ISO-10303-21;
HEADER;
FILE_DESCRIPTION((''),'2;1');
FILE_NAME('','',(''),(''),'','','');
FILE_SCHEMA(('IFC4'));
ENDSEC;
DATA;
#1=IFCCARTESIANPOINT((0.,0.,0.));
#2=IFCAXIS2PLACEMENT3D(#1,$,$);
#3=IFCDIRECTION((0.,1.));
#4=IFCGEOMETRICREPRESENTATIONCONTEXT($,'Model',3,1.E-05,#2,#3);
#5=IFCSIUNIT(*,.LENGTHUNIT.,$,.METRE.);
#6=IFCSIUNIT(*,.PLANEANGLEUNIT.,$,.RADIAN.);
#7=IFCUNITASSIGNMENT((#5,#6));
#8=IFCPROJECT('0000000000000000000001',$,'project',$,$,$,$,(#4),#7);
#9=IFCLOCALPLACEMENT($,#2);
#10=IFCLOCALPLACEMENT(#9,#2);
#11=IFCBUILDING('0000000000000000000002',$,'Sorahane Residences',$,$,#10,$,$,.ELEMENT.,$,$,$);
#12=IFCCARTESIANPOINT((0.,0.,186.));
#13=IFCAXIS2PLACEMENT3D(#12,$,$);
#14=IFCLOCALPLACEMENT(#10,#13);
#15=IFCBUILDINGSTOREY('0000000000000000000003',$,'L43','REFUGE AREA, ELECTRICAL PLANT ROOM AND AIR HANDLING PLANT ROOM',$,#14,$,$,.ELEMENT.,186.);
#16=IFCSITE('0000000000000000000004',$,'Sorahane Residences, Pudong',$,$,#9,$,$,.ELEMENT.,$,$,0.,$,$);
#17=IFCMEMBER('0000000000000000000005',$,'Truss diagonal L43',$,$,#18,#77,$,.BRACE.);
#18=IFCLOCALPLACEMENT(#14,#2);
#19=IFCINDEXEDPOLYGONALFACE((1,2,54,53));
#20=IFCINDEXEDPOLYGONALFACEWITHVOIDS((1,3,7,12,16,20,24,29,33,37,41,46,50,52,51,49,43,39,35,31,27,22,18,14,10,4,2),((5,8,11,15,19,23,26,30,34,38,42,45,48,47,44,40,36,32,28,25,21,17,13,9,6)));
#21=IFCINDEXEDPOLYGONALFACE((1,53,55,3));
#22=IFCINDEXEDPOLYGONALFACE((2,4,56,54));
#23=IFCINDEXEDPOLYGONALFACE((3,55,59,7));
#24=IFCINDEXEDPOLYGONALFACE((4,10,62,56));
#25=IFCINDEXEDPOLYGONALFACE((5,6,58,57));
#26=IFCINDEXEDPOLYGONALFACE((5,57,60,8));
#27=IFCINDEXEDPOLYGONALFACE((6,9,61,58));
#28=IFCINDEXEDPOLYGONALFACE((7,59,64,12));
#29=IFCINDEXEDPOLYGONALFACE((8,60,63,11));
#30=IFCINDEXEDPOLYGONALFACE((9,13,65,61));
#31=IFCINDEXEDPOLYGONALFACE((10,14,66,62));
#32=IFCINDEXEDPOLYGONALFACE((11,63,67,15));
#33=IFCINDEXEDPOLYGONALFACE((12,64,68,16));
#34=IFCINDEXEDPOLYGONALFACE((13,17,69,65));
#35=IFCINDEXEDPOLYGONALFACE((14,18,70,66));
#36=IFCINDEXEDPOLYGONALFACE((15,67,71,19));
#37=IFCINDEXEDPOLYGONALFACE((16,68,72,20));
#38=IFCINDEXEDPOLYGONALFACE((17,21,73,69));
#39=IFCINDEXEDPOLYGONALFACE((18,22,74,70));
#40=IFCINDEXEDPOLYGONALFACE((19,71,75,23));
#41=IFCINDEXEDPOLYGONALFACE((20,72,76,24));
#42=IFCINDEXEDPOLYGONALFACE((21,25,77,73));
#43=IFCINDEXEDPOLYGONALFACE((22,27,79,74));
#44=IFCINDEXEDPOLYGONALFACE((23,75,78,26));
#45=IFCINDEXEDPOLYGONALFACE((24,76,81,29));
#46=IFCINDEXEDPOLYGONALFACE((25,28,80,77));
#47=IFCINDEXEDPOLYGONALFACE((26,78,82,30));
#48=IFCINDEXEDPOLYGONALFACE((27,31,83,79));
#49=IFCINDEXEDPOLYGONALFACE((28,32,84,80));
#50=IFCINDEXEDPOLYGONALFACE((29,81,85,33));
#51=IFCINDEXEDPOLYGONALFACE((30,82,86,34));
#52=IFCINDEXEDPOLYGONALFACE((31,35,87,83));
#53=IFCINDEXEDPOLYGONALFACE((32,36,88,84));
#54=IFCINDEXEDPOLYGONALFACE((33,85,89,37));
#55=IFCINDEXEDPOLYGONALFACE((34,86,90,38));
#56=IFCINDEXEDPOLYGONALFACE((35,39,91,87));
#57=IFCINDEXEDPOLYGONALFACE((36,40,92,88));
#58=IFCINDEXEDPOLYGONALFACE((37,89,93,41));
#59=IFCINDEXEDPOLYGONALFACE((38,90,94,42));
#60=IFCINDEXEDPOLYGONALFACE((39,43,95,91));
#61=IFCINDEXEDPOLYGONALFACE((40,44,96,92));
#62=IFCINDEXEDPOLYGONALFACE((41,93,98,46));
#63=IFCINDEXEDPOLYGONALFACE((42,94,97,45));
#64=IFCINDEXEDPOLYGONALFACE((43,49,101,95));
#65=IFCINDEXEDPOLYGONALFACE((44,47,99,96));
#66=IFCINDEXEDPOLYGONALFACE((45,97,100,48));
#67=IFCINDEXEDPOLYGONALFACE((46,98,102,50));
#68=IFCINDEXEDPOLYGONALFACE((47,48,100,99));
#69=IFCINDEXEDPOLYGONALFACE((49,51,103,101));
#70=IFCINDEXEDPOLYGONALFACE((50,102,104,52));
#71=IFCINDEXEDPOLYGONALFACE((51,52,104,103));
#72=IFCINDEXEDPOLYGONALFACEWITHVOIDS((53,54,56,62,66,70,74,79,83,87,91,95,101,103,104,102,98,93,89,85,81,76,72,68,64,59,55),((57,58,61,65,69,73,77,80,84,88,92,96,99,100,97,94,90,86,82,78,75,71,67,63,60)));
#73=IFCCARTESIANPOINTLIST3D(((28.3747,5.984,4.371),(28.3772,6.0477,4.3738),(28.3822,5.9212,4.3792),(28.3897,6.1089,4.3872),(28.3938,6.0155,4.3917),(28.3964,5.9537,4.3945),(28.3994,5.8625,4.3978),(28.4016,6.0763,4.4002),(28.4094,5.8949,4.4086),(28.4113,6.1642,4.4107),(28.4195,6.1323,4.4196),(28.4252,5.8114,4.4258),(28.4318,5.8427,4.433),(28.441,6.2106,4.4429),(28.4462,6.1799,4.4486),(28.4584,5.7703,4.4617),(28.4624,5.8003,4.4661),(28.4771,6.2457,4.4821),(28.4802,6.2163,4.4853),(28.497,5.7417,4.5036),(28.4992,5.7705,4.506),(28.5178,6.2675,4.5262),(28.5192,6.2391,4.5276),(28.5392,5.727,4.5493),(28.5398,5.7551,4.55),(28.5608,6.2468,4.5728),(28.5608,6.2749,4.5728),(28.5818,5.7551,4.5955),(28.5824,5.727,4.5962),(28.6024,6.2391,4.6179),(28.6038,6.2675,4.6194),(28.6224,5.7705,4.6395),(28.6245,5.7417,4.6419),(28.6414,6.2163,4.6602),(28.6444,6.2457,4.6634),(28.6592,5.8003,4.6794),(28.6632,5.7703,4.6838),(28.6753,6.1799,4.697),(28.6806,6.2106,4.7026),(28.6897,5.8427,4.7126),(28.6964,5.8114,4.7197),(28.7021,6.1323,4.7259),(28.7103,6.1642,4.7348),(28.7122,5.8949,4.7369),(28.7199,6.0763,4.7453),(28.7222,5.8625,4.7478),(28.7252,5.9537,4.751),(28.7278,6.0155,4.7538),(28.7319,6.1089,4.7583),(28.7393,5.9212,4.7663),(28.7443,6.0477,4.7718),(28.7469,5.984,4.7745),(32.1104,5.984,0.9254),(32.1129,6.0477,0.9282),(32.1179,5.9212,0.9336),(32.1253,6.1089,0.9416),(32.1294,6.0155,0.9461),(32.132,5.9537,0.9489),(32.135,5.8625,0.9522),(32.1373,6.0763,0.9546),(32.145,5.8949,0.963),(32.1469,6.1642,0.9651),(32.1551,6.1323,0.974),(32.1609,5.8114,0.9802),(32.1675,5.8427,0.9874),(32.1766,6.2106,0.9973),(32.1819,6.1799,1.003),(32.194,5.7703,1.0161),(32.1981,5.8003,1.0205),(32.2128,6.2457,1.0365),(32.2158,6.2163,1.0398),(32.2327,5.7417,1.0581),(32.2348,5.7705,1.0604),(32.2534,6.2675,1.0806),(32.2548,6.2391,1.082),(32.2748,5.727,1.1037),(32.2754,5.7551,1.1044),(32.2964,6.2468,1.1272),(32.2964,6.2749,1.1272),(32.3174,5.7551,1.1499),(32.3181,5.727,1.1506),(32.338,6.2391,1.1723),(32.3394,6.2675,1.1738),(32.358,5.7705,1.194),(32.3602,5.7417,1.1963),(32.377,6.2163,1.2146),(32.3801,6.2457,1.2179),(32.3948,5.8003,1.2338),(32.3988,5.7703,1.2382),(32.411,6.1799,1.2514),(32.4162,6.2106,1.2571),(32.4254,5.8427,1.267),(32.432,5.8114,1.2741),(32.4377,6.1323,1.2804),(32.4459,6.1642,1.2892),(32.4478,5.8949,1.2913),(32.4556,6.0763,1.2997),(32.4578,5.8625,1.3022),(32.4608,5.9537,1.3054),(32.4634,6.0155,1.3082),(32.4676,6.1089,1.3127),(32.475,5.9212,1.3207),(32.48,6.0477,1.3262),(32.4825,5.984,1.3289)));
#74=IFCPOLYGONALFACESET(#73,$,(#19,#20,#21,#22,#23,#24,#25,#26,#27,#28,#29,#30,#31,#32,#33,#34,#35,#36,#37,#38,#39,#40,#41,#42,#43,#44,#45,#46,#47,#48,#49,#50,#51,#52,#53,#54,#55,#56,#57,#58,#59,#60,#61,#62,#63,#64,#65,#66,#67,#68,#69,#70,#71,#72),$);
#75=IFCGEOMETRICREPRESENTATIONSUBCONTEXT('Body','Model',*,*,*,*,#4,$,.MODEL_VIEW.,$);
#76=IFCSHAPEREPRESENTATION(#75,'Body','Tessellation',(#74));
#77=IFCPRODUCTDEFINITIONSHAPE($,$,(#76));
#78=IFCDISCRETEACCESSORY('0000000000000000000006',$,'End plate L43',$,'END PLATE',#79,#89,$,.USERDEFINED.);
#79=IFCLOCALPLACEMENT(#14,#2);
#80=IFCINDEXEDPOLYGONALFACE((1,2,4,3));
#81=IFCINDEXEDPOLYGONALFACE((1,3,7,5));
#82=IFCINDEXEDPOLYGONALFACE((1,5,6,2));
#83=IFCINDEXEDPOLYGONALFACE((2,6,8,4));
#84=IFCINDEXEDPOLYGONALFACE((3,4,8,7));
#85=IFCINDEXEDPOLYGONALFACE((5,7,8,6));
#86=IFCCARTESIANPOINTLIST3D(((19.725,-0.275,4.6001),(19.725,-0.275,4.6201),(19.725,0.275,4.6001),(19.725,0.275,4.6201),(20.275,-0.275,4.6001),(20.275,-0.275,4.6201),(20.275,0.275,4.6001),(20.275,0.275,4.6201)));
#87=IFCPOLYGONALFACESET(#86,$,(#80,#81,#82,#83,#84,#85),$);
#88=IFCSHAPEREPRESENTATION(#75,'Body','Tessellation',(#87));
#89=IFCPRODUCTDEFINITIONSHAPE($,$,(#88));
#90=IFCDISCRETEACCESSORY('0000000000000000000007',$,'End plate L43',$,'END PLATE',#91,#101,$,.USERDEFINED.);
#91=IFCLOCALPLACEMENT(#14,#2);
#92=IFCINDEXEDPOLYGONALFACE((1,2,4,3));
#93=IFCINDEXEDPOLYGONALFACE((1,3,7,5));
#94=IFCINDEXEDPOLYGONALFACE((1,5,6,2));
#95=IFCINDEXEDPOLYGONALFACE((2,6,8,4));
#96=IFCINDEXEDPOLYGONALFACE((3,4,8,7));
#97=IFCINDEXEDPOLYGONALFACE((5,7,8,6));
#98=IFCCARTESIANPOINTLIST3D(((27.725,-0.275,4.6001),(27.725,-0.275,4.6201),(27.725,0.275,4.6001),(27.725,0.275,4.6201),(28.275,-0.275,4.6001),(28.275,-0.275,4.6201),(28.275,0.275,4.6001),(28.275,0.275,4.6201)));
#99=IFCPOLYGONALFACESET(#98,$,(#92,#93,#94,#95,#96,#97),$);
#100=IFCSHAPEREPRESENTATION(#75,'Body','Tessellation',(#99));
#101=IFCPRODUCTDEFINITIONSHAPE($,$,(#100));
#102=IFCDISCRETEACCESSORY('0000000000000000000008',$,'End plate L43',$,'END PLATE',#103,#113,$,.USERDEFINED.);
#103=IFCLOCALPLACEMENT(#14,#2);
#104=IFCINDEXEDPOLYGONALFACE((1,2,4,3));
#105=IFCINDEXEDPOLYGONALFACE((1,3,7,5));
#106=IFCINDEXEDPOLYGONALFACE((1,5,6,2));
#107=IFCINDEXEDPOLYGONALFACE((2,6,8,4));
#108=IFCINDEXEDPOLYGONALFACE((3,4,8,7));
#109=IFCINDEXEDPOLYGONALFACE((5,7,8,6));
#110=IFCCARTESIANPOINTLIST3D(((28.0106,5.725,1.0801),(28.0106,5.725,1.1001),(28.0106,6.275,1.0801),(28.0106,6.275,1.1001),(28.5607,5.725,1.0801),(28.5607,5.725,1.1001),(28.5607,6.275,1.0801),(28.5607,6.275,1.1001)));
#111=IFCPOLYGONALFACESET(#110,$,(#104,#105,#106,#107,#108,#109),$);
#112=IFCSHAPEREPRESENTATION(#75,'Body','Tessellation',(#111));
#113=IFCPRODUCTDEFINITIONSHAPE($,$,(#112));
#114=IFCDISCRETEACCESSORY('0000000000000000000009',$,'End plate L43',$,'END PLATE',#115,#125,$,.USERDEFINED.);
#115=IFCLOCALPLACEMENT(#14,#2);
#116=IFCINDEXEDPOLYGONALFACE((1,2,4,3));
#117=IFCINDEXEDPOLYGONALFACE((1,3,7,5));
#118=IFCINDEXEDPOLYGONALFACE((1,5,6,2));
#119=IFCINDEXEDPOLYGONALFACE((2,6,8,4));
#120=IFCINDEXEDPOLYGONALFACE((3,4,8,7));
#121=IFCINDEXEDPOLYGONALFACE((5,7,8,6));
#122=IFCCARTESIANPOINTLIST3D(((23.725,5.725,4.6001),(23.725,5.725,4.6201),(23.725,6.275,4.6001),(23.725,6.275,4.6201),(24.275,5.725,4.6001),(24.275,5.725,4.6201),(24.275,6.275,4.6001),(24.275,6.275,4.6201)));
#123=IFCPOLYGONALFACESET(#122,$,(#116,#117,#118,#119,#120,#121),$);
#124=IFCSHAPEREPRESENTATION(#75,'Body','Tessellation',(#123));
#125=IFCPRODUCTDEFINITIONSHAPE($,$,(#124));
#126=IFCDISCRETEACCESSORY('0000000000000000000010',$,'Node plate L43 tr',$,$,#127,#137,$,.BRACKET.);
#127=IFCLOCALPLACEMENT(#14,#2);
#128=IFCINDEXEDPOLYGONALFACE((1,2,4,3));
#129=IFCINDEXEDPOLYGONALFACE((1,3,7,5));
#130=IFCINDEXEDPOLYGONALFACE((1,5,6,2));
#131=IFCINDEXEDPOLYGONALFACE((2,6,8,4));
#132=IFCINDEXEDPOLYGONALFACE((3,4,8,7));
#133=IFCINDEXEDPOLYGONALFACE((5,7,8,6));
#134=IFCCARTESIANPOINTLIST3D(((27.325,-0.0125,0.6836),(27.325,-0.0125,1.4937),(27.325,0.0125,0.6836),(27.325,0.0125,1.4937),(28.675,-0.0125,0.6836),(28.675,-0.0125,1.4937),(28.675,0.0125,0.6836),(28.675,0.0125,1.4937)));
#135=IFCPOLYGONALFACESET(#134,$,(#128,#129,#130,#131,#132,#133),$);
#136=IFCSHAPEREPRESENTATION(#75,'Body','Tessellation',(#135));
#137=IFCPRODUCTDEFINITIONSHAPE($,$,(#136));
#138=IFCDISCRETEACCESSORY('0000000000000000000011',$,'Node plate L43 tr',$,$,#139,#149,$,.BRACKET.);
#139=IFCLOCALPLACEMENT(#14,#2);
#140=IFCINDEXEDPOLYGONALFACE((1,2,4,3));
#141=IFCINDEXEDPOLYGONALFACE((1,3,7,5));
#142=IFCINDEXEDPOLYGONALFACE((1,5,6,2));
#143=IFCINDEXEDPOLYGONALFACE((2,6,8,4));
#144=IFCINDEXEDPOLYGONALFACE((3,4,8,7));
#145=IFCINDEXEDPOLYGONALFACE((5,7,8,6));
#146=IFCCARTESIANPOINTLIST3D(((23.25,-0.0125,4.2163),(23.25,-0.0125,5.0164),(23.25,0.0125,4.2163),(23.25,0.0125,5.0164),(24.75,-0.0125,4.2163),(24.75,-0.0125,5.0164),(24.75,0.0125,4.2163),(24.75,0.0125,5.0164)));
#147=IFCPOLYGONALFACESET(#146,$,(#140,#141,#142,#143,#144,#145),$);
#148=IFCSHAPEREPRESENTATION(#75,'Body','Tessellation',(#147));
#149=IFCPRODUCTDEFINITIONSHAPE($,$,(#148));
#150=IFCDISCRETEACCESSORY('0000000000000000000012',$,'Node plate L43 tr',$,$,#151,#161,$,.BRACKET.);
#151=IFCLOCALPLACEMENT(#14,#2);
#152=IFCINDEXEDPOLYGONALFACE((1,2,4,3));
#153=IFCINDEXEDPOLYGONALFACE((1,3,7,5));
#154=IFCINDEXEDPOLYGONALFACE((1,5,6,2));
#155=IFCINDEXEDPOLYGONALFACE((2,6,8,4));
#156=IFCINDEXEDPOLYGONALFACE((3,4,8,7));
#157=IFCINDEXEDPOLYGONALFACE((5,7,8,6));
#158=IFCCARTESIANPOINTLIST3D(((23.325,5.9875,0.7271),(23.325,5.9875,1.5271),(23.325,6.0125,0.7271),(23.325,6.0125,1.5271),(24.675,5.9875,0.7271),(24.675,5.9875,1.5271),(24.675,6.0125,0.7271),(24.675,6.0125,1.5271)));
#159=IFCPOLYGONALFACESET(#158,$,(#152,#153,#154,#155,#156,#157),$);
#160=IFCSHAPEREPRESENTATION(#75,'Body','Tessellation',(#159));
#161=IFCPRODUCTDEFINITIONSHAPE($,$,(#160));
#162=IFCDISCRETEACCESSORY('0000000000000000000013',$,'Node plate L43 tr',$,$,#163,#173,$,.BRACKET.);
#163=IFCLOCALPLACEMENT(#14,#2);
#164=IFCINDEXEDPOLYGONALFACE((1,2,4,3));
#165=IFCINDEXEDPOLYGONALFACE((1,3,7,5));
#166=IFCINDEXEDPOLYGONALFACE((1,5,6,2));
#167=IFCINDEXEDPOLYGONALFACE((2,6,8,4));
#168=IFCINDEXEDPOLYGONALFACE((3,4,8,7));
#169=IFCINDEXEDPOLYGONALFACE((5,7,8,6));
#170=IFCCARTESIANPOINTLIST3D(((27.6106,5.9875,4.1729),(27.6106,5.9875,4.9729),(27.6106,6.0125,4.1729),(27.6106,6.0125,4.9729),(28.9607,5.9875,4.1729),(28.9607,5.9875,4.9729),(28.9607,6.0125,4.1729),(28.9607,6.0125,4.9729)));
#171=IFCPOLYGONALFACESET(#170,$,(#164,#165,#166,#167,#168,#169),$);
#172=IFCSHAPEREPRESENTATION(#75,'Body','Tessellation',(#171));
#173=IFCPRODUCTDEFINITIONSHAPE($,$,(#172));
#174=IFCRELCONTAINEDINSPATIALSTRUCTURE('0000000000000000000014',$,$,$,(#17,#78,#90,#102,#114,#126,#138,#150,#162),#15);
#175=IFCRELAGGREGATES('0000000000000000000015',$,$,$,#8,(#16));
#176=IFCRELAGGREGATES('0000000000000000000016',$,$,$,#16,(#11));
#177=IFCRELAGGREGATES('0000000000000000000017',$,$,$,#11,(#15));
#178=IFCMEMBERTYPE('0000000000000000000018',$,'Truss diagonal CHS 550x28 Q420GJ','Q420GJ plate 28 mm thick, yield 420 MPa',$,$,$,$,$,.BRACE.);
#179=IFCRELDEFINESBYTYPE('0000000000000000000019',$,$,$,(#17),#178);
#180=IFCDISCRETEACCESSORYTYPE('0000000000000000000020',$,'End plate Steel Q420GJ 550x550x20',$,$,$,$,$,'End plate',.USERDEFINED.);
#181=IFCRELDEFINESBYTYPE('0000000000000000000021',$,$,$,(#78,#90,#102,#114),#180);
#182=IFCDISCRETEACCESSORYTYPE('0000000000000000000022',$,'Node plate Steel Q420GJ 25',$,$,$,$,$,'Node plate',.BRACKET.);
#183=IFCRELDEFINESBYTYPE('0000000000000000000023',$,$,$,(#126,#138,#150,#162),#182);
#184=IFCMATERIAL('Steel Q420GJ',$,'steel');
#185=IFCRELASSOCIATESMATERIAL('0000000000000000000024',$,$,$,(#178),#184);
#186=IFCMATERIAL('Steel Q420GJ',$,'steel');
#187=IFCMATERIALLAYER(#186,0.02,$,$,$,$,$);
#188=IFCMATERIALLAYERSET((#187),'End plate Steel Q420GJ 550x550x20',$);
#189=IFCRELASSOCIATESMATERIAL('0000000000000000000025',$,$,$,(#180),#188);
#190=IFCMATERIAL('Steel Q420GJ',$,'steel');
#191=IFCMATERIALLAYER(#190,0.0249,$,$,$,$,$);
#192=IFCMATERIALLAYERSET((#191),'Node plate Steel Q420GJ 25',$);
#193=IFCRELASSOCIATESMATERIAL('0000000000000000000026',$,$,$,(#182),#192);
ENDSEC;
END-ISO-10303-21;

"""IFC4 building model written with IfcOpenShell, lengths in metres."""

from ifc_helpers import new_model, si_unit, direction, frame, origin, origin_2d, place, context, subcontext, project, spatial, rectangle, hollow_circle, extrude, material, layer, layer_set, material_profile, profile_set, type_object, element, save


model = new_model("IFC4")

# Units and contexts
model_context = context("Model", 3, precision=1e-05, world=origin(), true_north=direction((0.0, 1.0)))
body_context = subcontext(model_context, "Body", "Model", "MODEL_VIEW")
ifc_project = project(units=[si_unit("LENGTHUNIT", "METRE"), si_unit("PLANEANGLEUNIT", "RADIAN")], contexts=[model_context])

# Site, building, storey
site_placement = place(None, origin())
site = spatial("IfcSite", under=ifc_project, at=site_placement, Name="Sorahane Residences, Pudong", CompositionType="ELEMENT", RefElevation=0.0)
building_placement = place(site_placement, origin())
building = spatial("IfcBuilding", under=site, at=building_placement, Name="Sorahane Residences", CompositionType="ELEMENT")
storey_placement = place(building_placement, frame((0.0, 0.0, 186.0)))
storey = spatial("IfcBuildingStorey", under=building, at=storey_placement, Name="L43", Description="REFUGE AREA, ELECTRICAL PLANT ROOM AND AIR HANDLING PLANT ROOM", CompositionType="ELEMENT", Elevation=186.0)

# Member
ifc_material_1 = material(Name="Steel Q420GJ", Category="steel")
ifc_material_profile_1 = material_profile(ifc_material_1, hollow_circle(Radius=0.2749, WallThickness=0.0281, at=origin_2d()), Name="CHS 550x28")
ifc_profile_set_1 = profile_set([ifc_material_profile_1], Name="Steel Q420GJ")
member_type = type_object("IfcMemberType", Name="Truss diagonal CHS 550x28 Q420GJ", Description="Q420GJ plate 28 mm thick, yield 420 MPa", PredefinedType="BRACE", material=ifc_profile_set_1)
member_1_placement = place(storey_placement, frame((28.5608, 6.0, 4.5728), z_axis=(0.735067, 0.0, -0.677995), x_axis=(0.0, 1.0, 0.0)))
element("IfcMember", 1, at=member_1_placement, inside=storey, type_object=member_type, Name="Truss diagonal L43", PredefinedType="BRACE", context=body_context, shape_type="SweptSolid", body=[
    extrude(hollow_circle(Radius=0.2749, WallThickness=0.0281, at=origin_2d()), origin(), (0.0, 0.0, 1.0), 5.082),
])

# Discrete accessories
ifc_material_2 = material(Name="Steel Q420GJ", Category="steel")
ifc_layer_1 = layer(ifc_material_2, 0.02)
ifc_layer_set_1 = layer_set([ifc_layer_1], Name="End plate Steel Q420GJ 550x550x20")
discrete_accessory_type_1 = type_object("IfcDiscreteAccessoryType", Name="End plate Steel Q420GJ 550x550x20", ElementType="End plate", PredefinedType="USERDEFINED", material=ifc_layer_set_1)
for number, where, z_axis, x_axis, name in (
    (2, (20.0, 0.0, 4.6001), (0.0, 0.0, 1.0), (1.0, 0.0, 0.0), "End plate L43"),
    (3, (28.0, 0.0, 4.6001), (0.0, 0.0, 1.0), (1.0, 0.0, 0.0), "End plate L43"),
    (4, (28.2856, 6.0, 1.0801), (0.0, 0.0, 1.0), (1.0, 0.0, 0.0), "End plate L43"),
    (5, (24.0, 6.0, 4.6001), (0.0, 0.0, 1.0), (1.0, 0.0, 0.0), "End plate L43"),
):
    element("IfcDiscreteAccessory", number, at=place(storey_placement, frame(where, z_axis=z_axis, x_axis=x_axis)), inside=storey, type_object=discrete_accessory_type_1, Name=name, ObjectType="END PLATE", PredefinedType="USERDEFINED", context=body_context, shape_type="SweptSolid", body=[
        extrude(rectangle(XDim=0.55, YDim=0.55, at=origin_2d()), origin(), (0.0, 0.0, 1.0), 0.02),
    ])
ifc_material_3 = material(Name="Steel Q420GJ", Category="steel")
ifc_layer_2 = layer(ifc_material_3, 0.0249)
ifc_layer_set_2 = layer_set([ifc_layer_2], Name="Node plate Steel Q420GJ 25")
discrete_accessory_type_2 = type_object("IfcDiscreteAccessoryType", Name="Node plate Steel Q420GJ 25", ElementType="Node plate", PredefinedType="BRACKET", material=ifc_layer_set_2)
discrete_accessory_1_placement = place(storey_placement, frame((28.0, 0.0, 0.6836), z_axis=(0.0, 0.0, 1.0), x_axis=(1.0, 0.0, 0.0)))
element("IfcDiscreteAccessory", 6, at=discrete_accessory_1_placement, inside=storey, type_object=discrete_accessory_type_2, Name="Node plate L43 tr", PredefinedType="BRACKET", context=body_context, shape_type="SweptSolid", body=[
    extrude(rectangle(XDim=1.3501, YDim=0.0249, at=origin_2d()), origin(), (0.0, 0.0, 1.0), 0.8101),
])
discrete_accessory_2_placement = place(storey_placement, frame((24.0, 0.0, 4.2163), z_axis=(0.0, 0.0, 1.0), x_axis=(1.0, 0.0, 0.0)))
element("IfcDiscreteAccessory", 7, at=discrete_accessory_2_placement, inside=storey, type_object=discrete_accessory_type_2, Name="Node plate L43 tr", PredefinedType="BRACKET", context=body_context, shape_type="SweptSolid", body=[
    extrude(rectangle(XDim=1.5, YDim=0.0249, at=origin_2d()), origin(), (0.0, 0.0, 1.0), 0.8),
])
for number, where, z_axis, x_axis, name in (
    (8, (24.0, 6.0, 0.7271), (0.0, 0.0, 1.0), (1.0, 0.0, 0.0), "Node plate L43 tr"),
    (9, (28.2856, 6.0, 4.1729), (0.0, 0.0, 1.0), (1.0, 0.0, 0.0), "Node plate L43 tr"),
):
    element("IfcDiscreteAccessory", number, at=place(storey_placement, frame(where, z_axis=z_axis, x_axis=x_axis)), inside=storey, type_object=discrete_accessory_type_2, Name=name, PredefinedType="BRACKET", context=body_context, shape_type="SweptSolid", body=[
        extrude(rectangle(XDim=1.3501, YDim=0.0249, at=origin_2d()), origin(), (0.0, 0.0, 1.0), 0.8),
    ])

save(model, "model.ifc")
